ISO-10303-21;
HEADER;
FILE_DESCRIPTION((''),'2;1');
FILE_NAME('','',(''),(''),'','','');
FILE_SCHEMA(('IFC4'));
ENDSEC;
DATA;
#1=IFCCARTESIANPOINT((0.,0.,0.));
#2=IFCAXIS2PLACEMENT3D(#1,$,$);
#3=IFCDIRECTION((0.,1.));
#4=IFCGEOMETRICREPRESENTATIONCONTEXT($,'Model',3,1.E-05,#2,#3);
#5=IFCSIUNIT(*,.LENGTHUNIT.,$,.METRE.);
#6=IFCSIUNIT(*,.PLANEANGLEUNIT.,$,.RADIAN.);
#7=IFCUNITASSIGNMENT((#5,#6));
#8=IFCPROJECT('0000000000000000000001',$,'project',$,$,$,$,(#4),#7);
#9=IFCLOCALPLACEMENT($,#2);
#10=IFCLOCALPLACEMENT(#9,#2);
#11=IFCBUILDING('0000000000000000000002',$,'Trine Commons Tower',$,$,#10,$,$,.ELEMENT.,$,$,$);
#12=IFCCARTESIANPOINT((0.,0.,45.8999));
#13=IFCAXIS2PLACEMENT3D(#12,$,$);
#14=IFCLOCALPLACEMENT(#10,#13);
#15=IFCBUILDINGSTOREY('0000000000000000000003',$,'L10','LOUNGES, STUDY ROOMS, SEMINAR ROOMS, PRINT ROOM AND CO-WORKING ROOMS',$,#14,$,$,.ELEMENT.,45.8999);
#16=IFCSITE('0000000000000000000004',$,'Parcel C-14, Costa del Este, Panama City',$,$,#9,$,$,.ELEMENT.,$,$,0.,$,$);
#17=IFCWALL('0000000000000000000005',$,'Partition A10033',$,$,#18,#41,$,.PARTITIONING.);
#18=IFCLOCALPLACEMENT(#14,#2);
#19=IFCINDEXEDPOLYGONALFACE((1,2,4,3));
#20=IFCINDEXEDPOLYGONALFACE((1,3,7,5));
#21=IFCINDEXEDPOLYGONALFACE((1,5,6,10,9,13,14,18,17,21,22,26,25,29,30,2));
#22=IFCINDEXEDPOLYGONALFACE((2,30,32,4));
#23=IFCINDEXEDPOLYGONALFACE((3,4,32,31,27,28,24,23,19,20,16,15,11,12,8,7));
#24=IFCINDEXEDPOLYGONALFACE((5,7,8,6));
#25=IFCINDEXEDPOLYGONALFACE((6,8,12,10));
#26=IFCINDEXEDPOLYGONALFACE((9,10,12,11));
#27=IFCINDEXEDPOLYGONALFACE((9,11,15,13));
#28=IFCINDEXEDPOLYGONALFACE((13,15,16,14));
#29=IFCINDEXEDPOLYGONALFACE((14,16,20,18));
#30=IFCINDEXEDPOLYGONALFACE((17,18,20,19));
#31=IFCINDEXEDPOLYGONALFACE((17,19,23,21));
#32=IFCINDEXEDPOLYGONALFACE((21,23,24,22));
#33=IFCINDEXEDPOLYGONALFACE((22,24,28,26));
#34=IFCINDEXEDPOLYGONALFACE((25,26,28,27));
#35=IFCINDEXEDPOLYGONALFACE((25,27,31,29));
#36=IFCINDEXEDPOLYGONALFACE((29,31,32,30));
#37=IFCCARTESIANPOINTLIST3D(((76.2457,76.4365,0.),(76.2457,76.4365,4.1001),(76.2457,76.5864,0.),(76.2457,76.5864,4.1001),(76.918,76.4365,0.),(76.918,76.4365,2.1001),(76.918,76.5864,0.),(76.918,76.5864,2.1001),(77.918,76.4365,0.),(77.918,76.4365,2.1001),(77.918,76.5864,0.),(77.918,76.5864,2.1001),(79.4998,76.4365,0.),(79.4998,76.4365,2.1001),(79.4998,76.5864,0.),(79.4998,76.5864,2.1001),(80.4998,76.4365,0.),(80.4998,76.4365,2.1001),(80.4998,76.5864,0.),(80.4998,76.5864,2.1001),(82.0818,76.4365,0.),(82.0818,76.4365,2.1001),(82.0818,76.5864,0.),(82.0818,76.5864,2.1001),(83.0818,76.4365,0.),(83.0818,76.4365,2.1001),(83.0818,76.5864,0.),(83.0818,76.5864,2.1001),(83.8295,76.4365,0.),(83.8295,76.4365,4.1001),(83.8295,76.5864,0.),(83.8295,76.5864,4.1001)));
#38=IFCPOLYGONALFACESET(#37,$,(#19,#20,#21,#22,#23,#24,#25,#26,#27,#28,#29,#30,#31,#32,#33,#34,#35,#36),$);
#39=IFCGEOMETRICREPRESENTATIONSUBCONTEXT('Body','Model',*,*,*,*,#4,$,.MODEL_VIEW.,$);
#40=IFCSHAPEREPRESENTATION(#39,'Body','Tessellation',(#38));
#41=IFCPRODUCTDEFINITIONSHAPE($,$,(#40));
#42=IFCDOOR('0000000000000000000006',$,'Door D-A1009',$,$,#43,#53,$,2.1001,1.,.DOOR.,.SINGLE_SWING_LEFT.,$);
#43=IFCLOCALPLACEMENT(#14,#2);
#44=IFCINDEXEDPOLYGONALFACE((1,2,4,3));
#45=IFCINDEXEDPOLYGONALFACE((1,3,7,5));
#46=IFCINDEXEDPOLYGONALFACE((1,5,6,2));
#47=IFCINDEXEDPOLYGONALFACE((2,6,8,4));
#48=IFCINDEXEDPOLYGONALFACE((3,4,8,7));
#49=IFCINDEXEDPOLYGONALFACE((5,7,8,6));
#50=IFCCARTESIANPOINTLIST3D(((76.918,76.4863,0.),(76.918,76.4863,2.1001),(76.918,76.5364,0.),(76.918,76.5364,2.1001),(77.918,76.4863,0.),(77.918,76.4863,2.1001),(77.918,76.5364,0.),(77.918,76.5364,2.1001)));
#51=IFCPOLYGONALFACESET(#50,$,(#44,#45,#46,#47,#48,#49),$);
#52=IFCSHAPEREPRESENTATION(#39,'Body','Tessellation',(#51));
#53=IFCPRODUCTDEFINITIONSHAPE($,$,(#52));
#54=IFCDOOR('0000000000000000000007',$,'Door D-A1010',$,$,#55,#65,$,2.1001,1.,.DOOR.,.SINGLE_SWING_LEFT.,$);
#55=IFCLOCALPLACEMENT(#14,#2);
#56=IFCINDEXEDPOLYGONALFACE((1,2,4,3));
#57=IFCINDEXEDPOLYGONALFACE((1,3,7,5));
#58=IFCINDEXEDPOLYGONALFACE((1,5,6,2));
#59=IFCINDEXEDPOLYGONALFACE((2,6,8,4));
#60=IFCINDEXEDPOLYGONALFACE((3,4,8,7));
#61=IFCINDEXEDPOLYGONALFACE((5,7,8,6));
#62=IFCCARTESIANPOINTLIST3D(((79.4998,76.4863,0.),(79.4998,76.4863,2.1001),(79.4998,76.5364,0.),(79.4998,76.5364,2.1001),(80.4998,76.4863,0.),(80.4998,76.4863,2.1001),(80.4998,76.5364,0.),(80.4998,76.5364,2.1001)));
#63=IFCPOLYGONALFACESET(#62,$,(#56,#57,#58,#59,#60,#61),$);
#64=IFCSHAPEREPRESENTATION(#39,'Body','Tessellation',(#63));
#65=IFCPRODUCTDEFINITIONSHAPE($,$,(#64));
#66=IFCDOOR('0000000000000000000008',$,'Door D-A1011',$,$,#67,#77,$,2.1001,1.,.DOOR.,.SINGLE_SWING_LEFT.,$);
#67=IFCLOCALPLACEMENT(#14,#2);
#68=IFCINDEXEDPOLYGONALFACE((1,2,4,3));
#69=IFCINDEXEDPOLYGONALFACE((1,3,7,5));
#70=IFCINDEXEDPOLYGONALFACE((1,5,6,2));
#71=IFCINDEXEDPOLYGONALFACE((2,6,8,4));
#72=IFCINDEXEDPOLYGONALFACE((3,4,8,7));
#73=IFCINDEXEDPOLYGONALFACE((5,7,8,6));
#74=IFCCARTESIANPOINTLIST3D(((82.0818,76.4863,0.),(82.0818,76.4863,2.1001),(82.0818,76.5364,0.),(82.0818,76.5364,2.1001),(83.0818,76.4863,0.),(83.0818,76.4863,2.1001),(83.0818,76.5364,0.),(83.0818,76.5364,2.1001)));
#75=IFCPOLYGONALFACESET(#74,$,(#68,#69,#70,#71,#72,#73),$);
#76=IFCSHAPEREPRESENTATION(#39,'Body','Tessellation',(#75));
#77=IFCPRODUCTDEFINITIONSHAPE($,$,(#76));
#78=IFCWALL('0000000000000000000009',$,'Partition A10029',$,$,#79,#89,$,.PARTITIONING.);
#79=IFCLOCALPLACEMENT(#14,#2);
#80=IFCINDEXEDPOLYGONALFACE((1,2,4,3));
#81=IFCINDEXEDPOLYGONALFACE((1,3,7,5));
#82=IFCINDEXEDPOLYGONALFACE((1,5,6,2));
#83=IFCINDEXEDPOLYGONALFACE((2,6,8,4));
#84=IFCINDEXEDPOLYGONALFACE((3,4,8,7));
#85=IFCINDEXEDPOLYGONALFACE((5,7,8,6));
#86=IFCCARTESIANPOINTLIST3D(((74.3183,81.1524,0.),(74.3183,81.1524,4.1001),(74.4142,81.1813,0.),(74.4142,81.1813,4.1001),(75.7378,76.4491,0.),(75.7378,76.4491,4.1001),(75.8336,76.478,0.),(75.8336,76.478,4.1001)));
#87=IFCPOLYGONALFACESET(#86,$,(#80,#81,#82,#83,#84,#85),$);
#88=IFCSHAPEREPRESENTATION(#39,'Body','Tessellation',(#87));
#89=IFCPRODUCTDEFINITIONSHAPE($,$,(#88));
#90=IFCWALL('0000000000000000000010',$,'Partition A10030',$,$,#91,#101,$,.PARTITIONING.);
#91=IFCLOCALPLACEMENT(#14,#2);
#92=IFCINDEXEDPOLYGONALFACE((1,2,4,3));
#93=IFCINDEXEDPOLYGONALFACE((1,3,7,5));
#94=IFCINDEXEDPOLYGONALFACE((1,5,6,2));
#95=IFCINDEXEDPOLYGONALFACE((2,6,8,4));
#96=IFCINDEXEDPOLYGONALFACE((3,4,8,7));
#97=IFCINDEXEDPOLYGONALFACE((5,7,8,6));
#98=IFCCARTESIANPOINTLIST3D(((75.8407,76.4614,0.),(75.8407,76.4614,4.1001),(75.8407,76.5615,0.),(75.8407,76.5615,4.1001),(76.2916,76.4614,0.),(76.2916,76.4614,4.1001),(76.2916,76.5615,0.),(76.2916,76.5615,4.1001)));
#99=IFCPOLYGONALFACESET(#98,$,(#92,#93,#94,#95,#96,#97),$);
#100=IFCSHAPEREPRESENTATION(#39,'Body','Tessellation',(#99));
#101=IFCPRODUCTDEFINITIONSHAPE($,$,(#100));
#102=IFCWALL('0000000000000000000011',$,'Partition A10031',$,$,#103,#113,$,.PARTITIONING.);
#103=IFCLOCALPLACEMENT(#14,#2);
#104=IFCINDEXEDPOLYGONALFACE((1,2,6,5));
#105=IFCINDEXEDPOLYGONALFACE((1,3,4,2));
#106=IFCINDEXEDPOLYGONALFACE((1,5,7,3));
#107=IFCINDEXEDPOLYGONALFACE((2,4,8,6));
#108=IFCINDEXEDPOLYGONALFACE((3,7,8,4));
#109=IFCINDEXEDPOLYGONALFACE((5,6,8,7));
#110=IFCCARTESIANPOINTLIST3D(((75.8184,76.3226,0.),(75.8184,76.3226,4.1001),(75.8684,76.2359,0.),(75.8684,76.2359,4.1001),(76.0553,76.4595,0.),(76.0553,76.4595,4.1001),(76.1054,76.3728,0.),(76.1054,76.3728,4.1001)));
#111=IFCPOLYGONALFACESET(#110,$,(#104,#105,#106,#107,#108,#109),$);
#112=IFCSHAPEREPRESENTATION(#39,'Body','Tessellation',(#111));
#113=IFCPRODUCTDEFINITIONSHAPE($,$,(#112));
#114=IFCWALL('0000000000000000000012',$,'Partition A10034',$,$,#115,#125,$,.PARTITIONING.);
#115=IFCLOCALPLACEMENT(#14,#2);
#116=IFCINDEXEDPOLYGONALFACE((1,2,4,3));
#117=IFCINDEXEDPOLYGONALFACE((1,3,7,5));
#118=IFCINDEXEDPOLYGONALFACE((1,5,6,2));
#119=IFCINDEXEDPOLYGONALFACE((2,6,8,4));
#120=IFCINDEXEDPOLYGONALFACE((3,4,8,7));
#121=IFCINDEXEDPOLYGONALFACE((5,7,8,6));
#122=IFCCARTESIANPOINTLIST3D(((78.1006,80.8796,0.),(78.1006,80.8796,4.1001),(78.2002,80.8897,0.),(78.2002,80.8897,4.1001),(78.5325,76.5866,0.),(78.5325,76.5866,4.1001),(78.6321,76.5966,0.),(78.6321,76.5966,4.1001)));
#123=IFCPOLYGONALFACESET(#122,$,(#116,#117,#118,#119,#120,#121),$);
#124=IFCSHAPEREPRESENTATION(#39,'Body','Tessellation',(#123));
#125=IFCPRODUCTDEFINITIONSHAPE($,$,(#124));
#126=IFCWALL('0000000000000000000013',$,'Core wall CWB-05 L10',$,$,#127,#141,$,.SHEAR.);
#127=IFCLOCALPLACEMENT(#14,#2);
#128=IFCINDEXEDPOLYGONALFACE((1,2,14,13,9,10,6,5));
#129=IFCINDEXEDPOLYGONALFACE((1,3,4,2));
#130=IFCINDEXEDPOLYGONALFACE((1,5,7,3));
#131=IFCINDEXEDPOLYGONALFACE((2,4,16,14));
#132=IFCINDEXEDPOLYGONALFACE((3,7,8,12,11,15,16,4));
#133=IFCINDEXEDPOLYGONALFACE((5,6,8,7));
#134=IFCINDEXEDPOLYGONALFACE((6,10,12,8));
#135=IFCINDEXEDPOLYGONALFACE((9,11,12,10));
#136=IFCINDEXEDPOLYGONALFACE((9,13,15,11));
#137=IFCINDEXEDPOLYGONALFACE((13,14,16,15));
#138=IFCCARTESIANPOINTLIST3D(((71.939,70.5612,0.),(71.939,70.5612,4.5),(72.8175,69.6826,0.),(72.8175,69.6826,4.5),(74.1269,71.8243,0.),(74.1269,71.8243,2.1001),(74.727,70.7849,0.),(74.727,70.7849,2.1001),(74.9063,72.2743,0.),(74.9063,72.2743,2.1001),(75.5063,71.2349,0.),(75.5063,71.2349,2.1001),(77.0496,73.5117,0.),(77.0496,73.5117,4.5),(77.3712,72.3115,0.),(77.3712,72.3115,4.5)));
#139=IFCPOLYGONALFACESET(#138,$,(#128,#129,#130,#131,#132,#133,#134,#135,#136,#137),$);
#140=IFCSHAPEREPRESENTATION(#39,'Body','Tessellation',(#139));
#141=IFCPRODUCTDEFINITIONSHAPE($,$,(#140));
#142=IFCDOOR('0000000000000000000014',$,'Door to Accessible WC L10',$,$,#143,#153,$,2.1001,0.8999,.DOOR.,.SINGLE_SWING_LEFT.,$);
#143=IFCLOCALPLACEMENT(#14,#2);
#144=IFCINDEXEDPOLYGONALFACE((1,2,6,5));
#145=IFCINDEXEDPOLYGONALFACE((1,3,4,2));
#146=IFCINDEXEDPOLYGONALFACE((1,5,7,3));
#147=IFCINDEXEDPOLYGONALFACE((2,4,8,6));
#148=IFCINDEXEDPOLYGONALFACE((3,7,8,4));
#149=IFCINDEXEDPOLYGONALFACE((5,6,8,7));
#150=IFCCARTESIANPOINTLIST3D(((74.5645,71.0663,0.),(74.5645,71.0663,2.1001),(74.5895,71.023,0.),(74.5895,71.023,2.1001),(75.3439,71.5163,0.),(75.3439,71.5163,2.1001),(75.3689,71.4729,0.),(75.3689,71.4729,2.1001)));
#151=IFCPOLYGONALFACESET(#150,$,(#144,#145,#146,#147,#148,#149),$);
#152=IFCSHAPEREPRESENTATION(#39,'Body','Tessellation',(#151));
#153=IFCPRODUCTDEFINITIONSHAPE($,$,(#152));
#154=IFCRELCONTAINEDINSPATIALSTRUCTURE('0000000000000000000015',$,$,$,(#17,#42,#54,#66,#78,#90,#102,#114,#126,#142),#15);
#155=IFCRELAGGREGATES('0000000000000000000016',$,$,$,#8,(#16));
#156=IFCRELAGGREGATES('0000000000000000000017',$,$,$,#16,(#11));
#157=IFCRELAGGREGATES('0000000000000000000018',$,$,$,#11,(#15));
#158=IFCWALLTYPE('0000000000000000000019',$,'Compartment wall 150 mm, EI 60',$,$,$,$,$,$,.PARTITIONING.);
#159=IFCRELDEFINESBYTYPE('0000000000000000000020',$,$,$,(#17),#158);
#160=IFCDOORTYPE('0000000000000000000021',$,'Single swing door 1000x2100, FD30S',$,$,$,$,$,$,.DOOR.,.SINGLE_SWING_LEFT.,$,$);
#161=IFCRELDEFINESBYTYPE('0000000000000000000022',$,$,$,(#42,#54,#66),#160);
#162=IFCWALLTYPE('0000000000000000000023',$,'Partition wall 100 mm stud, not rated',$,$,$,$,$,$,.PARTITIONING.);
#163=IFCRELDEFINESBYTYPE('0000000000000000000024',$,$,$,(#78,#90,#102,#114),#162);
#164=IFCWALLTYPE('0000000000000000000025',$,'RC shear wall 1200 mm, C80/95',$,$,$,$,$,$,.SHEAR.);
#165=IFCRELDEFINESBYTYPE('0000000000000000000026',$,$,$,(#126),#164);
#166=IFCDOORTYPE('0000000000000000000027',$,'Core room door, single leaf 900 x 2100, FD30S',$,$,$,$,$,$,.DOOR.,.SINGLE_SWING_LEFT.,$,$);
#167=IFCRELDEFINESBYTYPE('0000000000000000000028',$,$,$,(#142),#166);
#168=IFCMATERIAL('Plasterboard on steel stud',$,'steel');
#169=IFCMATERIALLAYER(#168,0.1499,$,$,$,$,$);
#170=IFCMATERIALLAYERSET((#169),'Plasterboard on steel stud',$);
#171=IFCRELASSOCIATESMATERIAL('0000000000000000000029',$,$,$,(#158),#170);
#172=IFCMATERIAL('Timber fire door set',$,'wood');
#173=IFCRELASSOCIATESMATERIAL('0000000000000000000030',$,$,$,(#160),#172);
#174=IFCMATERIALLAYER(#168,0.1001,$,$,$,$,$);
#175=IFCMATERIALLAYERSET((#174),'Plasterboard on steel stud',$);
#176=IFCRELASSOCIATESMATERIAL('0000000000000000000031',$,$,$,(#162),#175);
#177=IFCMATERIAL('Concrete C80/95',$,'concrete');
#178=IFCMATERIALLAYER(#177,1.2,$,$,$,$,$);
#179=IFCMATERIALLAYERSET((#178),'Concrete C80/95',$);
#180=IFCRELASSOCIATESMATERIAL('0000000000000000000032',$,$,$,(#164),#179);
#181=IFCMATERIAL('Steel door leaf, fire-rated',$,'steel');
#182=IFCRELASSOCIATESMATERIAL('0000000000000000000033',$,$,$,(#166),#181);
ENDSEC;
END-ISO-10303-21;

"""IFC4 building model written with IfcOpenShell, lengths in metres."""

from ifc_helpers import new_model, si_unit, direction, frame, frame_2d, origin, place, context, subcontext, project, spatial, polyline, rectangle, outline, extrude, material, layer, layer_set, type_object, element, fill, save


model = new_model("IFC4")

# Units and contexts
model_context = context("Model", 3, precision=1e-05, world=origin(), true_north=direction((0.0, 1.0)))
body_context = subcontext(model_context, "Body", "Model", "MODEL_VIEW")
ifc_project = project(units=[si_unit("LENGTHUNIT", "METRE"), si_unit("PLANEANGLEUNIT", "RADIAN")], contexts=[model_context])

# Site, building, storey
site_placement = place(None, origin())
site = spatial("IfcSite", under=ifc_project, at=site_placement, Name="Parcel C-14, Costa del Este, Panama City", CompositionType="ELEMENT", RefElevation=0.0)
building_placement = place(site_placement, origin())
building = spatial("IfcBuilding", under=site, at=building_placement, Name="Trine Commons Tower", CompositionType="ELEMENT")
storey_placement = place(building_placement, frame((0.0, 0.0, 45.8999)))
storey = spatial("IfcBuildingStorey", under=building, at=storey_placement, Name="L10", Description="LOUNGES, STUDY ROOMS, SEMINAR ROOMS, PRINT ROOM AND CO-WORKING ROOMS", CompositionType="ELEMENT", Elevation=45.8999)

# Wall, openings, doors
ifc_material_1 = material(Name="Plasterboard on steel stud", Category="steel")
ifc_layer_1 = layer(ifc_material_1, 0.1499)
ifc_layer_set_1 = layer_set([ifc_layer_1], Name="Plasterboard on steel stud")
wall_type_1 = type_object("IfcWallType", Name="Compartment wall 150 mm, EI 60", PredefinedType="PARTITIONING", material=ifc_layer_set_1)
ifc_material_2 = material(Name="Timber fire door set", Category="wood")
door_type_1 = type_object("IfcDoorType", Name="Single swing door 1000x2100, FD30S", OperationType="SINGLE_SWING_LEFT", PredefinedType="DOOR", material=ifc_material_2)
wall_1_placement = place(storey_placement, frame((76.2456, 76.5115, 0.0), z_axis=(0.0, 0.0, 1.0), x_axis=(1.0, 0.0, 0.0)))
wall_1 = element("IfcWall", 1, at=wall_1_placement, inside=storey, type_object=wall_type_1, Name="Partition A10033", PredefinedType="PARTITIONING", context=body_context, shape_type="SweptSolid", body=[
    extrude(rectangle(XDim=7.5837, YDim=0.1499, at=frame_2d((3.792, 0.0))), origin(), (0.0, 0.0, 1.0), 4.1001),
])
opening_1_placement = place(wall_1_placement, frame((0.6724, 0.0, 0.0)))
opening_1 = element("IfcOpeningElement", 2, at=opening_1_placement, cuts=wall_1, PredefinedType="OPENING", context=body_context, shape_type="SweptSolid", body=[
    extrude(rectangle(XDim=1.0, YDim=2.1001, at=frame_2d((0.5, 1.05))), frame((0.0, 0.085, 0.0), z_axis=(0.0, -1.0, 0.0), x_axis=(1.0, 0.0, 0.0)), (0.0, 0.0, 1.0), 0.1699),
])
opening_2_placement = place(wall_1_placement, frame((3.2542, 0.0, 0.0)))
opening_2 = element("IfcOpeningElement", 3, at=opening_2_placement, cuts=wall_1, PredefinedType="OPENING", context=body_context, shape_type="SweptSolid", body=[
    extrude(rectangle(XDim=1.0, YDim=2.1001, at=frame_2d((0.5, 1.05))), frame((0.0, 0.085, 0.0), z_axis=(0.0, -1.0, 0.0), x_axis=(1.0, 0.0, 0.0)), (0.0, 0.0, 1.0), 0.1699),
])
opening_3_placement = place(wall_1_placement, frame((5.8362, 0.0, 0.0)))
opening_3 = element("IfcOpeningElement", 4, at=opening_3_placement, cuts=wall_1, PredefinedType="OPENING", context=body_context, shape_type="SweptSolid", body=[
    extrude(rectangle(XDim=1.0, YDim=2.1001, at=frame_2d((0.5, 1.05))), frame((0.0, 0.085, 0.0), z_axis=(0.0, -1.0, 0.0), x_axis=(1.0, 0.0, 0.0)), (0.0, 0.0, 1.0), 0.1699),
])
door_1_placement = place(opening_1_placement, origin())
door_1 = element("IfcDoor", 5, at=door_1_placement, inside=storey, type_object=door_type_1, Name="Door D-A1009", OperationType="SINGLE_SWING_LEFT", OverallHeight=2.1001, OverallWidth=1.0, PredefinedType="DOOR", context=body_context, shape_type="SweptSolid", body=[
    extrude(rectangle(XDim=1.0, YDim=2.1001, at=frame_2d((0.5, 1.05))), frame((0.0, 0.0249, 0.0), z_axis=(0.0, -1.0, 0.0), x_axis=(1.0, 0.0, 0.0)), (0.0, 0.0, 1.0), 0.05),
])
fill(opening_1, door_1)
door_2_placement = place(opening_2_placement, origin())
door_2 = element("IfcDoor", 6, at=door_2_placement, inside=storey, type_object=door_type_1, Name="Door D-A1010", OperationType="SINGLE_SWING_LEFT", OverallHeight=2.1001, OverallWidth=1.0, PredefinedType="DOOR", context=body_context, shape_type="SweptSolid", body=[
    extrude(rectangle(XDim=1.0, YDim=2.1001, at=frame_2d((0.5, 1.05))), frame((0.0, 0.0249, 0.0), z_axis=(0.0, -1.0, 0.0), x_axis=(1.0, 0.0, 0.0)), (0.0, 0.0, 1.0), 0.05),
])
fill(opening_2, door_2)
door_3_placement = place(opening_3_placement, origin())
door_3 = element("IfcDoor", 7, at=door_3_placement, inside=storey, type_object=door_type_1, Name="Door D-A1011", OperationType="SINGLE_SWING_LEFT", OverallHeight=2.1001, OverallWidth=1.0, PredefinedType="DOOR", context=body_context, shape_type="SweptSolid", body=[
    extrude(rectangle(XDim=1.0, YDim=2.1001, at=frame_2d((0.5, 1.05))), frame((0.0, 0.0249, 0.0), z_axis=(0.0, -1.0, 0.0), x_axis=(1.0, 0.0, 0.0)), (0.0, 0.0, 1.0), 0.05),
])
fill(opening_3, door_3)

# Walls
ifc_layer_2 = layer(ifc_material_1, 0.1001)
ifc_layer_set_2 = layer_set([ifc_layer_2], Name="Plasterboard on steel stud")
wall_type_2 = type_object("IfcWallType", Name="Partition wall 100 mm stud, not rated", PredefinedType="PARTITIONING", material=ifc_layer_set_2)
wall_2_placement = place(storey_placement, frame((74.3662, 81.167, 0.0), z_axis=(0.0, 0.0, 1.0), x_axis=(0.28892, -0.957353, 0.0)))
element("IfcWall", 8, at=wall_2_placement, inside=storey, type_object=wall_type_2, Name="Partition A10029", PredefinedType="PARTITIONING", context=body_context, shape_type="SweptSolid", body=[
    extrude(rectangle(XDim=4.9128, YDim=0.1001, at=frame_2d((2.4565, 0.0))), origin(), (0.0, 0.0, 1.0), 4.1001),
])
wall_3_placement = place(storey_placement, frame((75.8406, 76.5115, 0.0), z_axis=(0.0, 0.0, 1.0), x_axis=(1.0, 0.0, 0.0)))
element("IfcWall", 9, at=wall_3_placement, inside=storey, type_object=wall_type_2, Name="Partition A10030", PredefinedType="PARTITIONING", context=body_context, shape_type="SweptSolid", body=[
    extrude(rectangle(XDim=0.4509, YDim=0.1001, at=frame_2d((0.2256, 0.0))), origin(), (0.0, 0.0, 1.0), 4.1001),
])
wall_4_placement = place(storey_placement, frame((75.8435, 76.2793, 0.0), z_axis=(0.0, 0.0, 1.0), x_axis=(0.865874, 0.500263, 0.0)))
element("IfcWall", 10, at=wall_4_placement, inside=storey, type_object=wall_type_2, Name="Partition A10031", PredefinedType="PARTITIONING", context=body_context, shape_type="SweptSolid", body=[
    extrude(rectangle(XDim=0.2737, YDim=0.1001, at=frame_2d((0.1367, 0.0))), origin(), (0.0, 0.0, 1.0), 4.1001),
])
wall_5_placement = place(storey_placement, frame((78.1504, 80.8845, 0.0), z_axis=(0.0, 0.0, 1.0), x_axis=(0.100098, -0.994978, 0.0)))
element("IfcWall", 11, at=wall_5_placement, inside=storey, type_object=wall_type_2, Name="Partition A10034", PredefinedType="PARTITIONING", context=body_context, shape_type="SweptSolid", body=[
    extrude(rectangle(XDim=4.3147, YDim=0.1001, at=frame_2d((2.1572, 0.0))), origin(), (0.0, 0.0, 1.0), 4.1001),
])

# Wall, opening, door
ifc_material_3 = material(Name="Concrete C80/95", Category="concrete")
ifc_layer_3 = layer(ifc_material_3, 1.2)
ifc_layer_set_3 = layer_set([ifc_layer_3], Name="Concrete C80/95")
wall_type_3 = type_object("IfcWallType", Name="RC shear wall 1200 mm, C80/95", PredefinedType="SHEAR", material=ifc_layer_set_3)
wall_6_placement = place(storey_placement, frame((77.3496, 72.9919, 0.0), z_axis=(0.0, 0.0, 1.0), x_axis=(-0.866037, -0.499979, 0.0)))
wall_6 = element("IfcWall", 12, at=wall_6_placement, inside=storey, type_object=wall_type_3, Name="Core wall CWB-05 L10", PredefinedType="SHEAR", context=body_context, shape_type="SweptSolid", body=[
    extrude(outline(polyline([(0.0, -0.6001), (5.9011, -0.6001), (5.5796, 0.6001), (0.3215, 0.6001), (0.0, -0.6001)])), origin(), (0.0, 0.0, 1.0), 4.5),
])
opening_4_placement = place(wall_6_placement, frame((2.4749, 0.0, 0.0)))
opening_4 = element("IfcOpeningElement", 13, at=opening_4_placement, cuts=wall_6, PredefinedType="OPENING", context=body_context, shape_type="SweptSolid", body=[
    extrude(rectangle(XDim=0.8999, YDim=2.1001, at=frame_2d((0.45, 1.05))), frame((0.0, 0.6099, 0.0), z_axis=(0.0, -1.0, 0.0), x_axis=(1.0, 0.0, 0.0)), (0.0, 0.0, 1.0), 1.22),
])
ifc_material_4 = material(Name="Steel door leaf, fire-rated", Category="steel")
door_type_2 = type_object("IfcDoorType", Name="Core room door, single leaf 900 x 2100, FD30S", OperationType="SINGLE_SWING_LEFT", PredefinedType="DOOR", material=ifc_material_4)
door_4_placement = place(opening_4_placement, origin())
door_4 = element("IfcDoor", 14, at=door_4_placement, inside=storey, type_object=door_type_2, Name="Door to Accessible WC L10", OperationType="SINGLE_SWING_LEFT", OverallHeight=2.1001, OverallWidth=0.8999, PredefinedType="DOOR", context=body_context, shape_type="SweptSolid", body=[
    extrude(rectangle(XDim=0.8999, YDim=2.1001, at=frame_2d((0.45, 1.05))), frame((0.0, 0.3252, 0.0), z_axis=(0.0, -1.0, 0.0), x_axis=(1.0, 0.0, 0.0)), (0.0, 0.0, 1.0), 0.05),
])
fill(opening_4, door_4)

save(model, "model.ifc")
